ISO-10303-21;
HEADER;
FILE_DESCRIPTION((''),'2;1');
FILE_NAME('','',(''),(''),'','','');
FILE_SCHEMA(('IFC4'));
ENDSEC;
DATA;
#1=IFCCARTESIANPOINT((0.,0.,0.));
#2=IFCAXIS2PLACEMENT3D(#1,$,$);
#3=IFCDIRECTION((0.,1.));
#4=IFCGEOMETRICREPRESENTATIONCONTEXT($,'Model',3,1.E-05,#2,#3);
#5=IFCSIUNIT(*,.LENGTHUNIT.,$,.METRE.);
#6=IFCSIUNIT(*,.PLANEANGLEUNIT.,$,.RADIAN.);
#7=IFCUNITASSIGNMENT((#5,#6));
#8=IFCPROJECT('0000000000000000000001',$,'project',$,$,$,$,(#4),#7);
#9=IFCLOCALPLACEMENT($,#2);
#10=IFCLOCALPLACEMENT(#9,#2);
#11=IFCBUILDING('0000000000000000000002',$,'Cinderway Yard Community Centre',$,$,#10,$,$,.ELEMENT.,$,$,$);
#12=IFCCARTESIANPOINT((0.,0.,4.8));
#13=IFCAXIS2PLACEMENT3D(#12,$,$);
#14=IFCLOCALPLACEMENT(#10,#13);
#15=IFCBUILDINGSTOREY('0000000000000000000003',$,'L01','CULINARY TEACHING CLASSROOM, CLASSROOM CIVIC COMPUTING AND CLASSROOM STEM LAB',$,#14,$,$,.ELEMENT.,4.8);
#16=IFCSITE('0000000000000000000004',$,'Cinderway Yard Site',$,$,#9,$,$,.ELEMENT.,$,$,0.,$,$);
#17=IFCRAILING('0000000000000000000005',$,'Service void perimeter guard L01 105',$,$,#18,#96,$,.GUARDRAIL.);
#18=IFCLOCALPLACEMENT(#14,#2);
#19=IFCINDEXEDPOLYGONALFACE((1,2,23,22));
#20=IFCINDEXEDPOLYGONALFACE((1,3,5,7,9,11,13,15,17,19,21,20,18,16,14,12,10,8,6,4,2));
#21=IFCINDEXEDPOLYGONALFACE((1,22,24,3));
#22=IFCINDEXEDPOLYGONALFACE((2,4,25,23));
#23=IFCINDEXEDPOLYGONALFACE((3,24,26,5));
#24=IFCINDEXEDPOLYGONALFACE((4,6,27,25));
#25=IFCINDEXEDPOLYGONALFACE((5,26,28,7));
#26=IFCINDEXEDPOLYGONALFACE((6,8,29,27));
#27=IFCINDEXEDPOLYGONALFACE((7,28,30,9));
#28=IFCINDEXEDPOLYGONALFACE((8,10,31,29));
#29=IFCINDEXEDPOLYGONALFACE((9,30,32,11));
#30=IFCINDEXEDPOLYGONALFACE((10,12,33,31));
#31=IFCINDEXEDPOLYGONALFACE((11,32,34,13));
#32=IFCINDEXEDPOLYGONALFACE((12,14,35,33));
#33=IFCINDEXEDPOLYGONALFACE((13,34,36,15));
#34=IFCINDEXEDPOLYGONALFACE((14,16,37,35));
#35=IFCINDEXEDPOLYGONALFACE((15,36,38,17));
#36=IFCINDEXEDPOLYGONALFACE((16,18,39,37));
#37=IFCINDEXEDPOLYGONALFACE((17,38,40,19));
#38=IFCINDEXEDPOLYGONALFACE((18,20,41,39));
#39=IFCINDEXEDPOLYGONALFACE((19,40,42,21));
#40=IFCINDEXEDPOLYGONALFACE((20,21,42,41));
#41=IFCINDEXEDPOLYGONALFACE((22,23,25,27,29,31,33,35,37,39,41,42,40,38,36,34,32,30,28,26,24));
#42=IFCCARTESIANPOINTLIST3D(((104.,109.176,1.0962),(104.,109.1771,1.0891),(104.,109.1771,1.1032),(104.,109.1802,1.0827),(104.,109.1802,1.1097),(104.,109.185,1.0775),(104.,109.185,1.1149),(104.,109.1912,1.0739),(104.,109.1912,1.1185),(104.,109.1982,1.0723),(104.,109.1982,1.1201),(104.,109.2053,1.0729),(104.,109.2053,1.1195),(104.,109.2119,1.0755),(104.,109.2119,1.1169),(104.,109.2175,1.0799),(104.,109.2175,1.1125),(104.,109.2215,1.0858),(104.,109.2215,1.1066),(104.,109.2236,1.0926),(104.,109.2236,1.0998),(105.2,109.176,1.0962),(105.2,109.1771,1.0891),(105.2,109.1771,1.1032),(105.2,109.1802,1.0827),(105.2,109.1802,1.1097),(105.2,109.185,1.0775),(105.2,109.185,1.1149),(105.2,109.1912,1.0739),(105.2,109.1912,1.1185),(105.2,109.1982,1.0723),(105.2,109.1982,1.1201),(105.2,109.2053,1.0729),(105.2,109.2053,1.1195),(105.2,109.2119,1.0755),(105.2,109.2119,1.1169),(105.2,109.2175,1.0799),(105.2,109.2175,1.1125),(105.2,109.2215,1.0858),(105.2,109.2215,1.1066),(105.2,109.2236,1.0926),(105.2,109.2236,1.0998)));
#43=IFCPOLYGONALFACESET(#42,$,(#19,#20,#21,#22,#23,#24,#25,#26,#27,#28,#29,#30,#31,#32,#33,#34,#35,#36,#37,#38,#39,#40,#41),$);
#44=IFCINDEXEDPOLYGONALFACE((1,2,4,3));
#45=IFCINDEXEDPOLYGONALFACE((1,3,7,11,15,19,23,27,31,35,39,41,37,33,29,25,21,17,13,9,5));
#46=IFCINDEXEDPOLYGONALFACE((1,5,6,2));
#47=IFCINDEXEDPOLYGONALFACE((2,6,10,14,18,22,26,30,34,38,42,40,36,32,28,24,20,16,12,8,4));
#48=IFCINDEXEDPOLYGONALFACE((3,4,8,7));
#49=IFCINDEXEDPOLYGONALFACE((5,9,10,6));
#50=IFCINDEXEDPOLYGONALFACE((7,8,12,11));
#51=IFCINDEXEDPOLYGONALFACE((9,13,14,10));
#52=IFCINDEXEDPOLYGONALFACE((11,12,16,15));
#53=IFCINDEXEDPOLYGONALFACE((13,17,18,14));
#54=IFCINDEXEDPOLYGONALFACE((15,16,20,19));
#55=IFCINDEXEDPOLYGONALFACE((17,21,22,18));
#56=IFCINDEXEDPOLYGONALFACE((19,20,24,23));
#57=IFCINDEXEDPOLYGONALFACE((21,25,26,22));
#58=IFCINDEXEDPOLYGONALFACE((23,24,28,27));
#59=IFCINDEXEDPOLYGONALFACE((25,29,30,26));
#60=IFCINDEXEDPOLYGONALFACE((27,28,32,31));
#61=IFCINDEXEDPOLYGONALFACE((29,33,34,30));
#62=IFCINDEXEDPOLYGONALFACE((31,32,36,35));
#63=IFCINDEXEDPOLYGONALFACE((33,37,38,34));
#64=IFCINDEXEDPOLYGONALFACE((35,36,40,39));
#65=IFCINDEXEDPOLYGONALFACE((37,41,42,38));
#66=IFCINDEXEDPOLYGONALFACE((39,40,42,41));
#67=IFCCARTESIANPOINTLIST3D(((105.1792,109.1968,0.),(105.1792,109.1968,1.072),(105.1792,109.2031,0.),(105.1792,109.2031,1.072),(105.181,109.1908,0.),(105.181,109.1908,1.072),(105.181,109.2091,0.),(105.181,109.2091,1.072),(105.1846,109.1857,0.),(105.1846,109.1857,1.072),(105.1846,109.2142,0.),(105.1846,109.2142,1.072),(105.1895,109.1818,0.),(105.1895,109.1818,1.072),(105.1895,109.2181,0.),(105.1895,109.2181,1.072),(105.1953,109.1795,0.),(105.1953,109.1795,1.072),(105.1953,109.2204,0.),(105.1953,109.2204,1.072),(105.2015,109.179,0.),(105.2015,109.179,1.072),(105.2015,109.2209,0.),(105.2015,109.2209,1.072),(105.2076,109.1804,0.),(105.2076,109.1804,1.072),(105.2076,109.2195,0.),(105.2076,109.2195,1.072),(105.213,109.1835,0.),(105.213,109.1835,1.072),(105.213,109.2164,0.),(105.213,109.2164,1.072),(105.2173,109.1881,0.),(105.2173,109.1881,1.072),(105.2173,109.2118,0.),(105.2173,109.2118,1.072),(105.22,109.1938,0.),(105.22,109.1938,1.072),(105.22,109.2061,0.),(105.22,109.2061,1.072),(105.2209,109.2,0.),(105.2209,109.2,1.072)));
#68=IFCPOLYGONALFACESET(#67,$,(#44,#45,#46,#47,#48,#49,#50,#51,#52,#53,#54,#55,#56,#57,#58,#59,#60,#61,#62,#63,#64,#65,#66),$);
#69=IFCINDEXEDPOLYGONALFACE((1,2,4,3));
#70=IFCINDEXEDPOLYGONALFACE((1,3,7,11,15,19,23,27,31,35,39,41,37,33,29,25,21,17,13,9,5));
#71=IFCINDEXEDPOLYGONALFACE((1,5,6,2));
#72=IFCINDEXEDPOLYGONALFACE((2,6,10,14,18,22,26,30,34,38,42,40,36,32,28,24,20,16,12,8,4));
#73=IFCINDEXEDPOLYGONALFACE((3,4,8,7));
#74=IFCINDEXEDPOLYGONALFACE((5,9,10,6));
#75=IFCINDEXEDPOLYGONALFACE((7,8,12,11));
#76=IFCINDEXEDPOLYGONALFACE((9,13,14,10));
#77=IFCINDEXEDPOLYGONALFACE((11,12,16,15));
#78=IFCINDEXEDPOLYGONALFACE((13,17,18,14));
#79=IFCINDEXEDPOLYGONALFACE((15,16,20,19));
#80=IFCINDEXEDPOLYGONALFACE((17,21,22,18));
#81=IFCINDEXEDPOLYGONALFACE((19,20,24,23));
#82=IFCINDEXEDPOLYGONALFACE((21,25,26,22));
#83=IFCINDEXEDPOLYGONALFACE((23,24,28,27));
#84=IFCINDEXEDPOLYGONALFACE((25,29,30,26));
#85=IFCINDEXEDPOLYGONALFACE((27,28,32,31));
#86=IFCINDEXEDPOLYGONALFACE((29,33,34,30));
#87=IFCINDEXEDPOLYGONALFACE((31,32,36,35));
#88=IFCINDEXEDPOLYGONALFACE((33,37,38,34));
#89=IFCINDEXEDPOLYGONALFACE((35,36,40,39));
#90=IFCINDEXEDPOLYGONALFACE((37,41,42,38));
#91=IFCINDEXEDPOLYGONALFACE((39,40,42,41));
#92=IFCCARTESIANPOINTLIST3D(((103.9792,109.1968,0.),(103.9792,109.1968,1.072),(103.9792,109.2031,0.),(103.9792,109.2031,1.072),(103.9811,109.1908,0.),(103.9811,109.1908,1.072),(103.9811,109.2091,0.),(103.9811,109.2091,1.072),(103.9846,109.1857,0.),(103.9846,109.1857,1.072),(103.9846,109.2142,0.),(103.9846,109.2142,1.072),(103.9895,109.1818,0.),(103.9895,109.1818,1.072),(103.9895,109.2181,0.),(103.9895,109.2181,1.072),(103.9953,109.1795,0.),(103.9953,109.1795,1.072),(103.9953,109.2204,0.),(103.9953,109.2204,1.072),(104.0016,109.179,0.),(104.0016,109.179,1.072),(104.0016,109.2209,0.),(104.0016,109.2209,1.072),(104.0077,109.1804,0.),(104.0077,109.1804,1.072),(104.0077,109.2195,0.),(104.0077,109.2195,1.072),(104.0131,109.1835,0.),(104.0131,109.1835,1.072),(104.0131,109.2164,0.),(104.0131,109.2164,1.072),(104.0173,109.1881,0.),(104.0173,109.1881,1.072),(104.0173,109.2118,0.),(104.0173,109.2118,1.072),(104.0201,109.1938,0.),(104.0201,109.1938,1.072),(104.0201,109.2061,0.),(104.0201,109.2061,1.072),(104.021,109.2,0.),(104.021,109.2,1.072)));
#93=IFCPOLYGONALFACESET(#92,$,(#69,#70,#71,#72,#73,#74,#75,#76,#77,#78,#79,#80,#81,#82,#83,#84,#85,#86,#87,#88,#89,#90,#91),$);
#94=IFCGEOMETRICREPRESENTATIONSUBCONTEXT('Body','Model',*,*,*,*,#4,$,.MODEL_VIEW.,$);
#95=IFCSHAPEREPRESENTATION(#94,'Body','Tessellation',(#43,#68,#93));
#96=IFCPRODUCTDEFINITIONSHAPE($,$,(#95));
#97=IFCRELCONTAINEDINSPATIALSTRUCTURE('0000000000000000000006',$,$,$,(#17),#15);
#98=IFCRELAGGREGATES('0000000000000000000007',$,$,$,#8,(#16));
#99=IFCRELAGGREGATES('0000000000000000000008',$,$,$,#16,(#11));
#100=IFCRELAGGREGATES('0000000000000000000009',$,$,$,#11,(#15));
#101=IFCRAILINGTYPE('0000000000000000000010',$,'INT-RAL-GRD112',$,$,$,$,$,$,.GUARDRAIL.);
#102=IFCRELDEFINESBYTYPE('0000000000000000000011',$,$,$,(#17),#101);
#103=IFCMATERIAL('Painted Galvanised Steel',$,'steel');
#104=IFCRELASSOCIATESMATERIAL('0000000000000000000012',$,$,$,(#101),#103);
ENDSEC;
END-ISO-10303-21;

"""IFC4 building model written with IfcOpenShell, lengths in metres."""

from ifc_helpers import new_model, si_unit, direction, frame, origin, origin_2d, place, context, subcontext, project, spatial, circle, extrude, material, type_object, element, save


model = new_model("IFC4")

# Units and contexts
model_context = context("Model", 3, precision=1e-05, world=origin(), true_north=direction((0.0, 1.0)))
body_context = subcontext(model_context, "Body", "Model", "MODEL_VIEW")
ifc_project = project(units=[si_unit("LENGTHUNIT", "METRE"), si_unit("PLANEANGLEUNIT", "RADIAN")], contexts=[model_context])

# Site, building, storey
site_placement = place(None, origin())
site = spatial("IfcSite", under=ifc_project, at=site_placement, Name="Cinderway Yard Site", CompositionType="ELEMENT", RefElevation=0.0)
building_placement = place(site_placement, origin())
building = spatial("IfcBuilding", under=site, at=building_placement, Name="Cinderway Yard Community Centre", CompositionType="ELEMENT")
storey_placement = place(building_placement, frame((0.0, 0.0, 4.8)))
storey = spatial("IfcBuildingStorey", under=building, at=storey_placement, Name="L01", Description="CULINARY TEACHING CLASSROOM, CLASSROOM CIVIC COMPUTING AND CLASSROOM STEM LAB", CompositionType="ELEMENT", Elevation=4.8)

# Railing
ifc_material_1 = material(Name="Painted Galvanised Steel", Category="steel")
railing_type_1 = type_object("IfcRailingType", Name="INT-RAL-GRD112", PredefinedType="GUARDRAIL", material=ifc_material_1)
railing_1_placement = place(storey_placement, frame((105.2, 109.2, 0.0)))
element("IfcRailing", 1, at=railing_1_placement, inside=storey, type_object=railing_type_1, Name="Service void perimeter guard L01 105", PredefinedType="GUARDRAIL", context=body_context, shape_type="SweptSolid", body=[
    extrude(circle(Radius=0.0239, at=origin_2d()), frame((0.0, 0.0, 1.0962), z_axis=(-1.0, 0.0, 0.0), x_axis=(0.0, -1.0, 0.0)), (0.0, 0.0, 1.0), 1.2),
    extrude(circle(Radius=0.021, at=origin_2d()), origin(), (0.0, 0.0, 1.0), 1.072),
    extrude(circle(Radius=0.021, at=origin_2d()), frame((-1.2, 0.0, 0.0)), (0.0, 0.0, 1.0), 1.072),
])

save(model, "model.ifc")
